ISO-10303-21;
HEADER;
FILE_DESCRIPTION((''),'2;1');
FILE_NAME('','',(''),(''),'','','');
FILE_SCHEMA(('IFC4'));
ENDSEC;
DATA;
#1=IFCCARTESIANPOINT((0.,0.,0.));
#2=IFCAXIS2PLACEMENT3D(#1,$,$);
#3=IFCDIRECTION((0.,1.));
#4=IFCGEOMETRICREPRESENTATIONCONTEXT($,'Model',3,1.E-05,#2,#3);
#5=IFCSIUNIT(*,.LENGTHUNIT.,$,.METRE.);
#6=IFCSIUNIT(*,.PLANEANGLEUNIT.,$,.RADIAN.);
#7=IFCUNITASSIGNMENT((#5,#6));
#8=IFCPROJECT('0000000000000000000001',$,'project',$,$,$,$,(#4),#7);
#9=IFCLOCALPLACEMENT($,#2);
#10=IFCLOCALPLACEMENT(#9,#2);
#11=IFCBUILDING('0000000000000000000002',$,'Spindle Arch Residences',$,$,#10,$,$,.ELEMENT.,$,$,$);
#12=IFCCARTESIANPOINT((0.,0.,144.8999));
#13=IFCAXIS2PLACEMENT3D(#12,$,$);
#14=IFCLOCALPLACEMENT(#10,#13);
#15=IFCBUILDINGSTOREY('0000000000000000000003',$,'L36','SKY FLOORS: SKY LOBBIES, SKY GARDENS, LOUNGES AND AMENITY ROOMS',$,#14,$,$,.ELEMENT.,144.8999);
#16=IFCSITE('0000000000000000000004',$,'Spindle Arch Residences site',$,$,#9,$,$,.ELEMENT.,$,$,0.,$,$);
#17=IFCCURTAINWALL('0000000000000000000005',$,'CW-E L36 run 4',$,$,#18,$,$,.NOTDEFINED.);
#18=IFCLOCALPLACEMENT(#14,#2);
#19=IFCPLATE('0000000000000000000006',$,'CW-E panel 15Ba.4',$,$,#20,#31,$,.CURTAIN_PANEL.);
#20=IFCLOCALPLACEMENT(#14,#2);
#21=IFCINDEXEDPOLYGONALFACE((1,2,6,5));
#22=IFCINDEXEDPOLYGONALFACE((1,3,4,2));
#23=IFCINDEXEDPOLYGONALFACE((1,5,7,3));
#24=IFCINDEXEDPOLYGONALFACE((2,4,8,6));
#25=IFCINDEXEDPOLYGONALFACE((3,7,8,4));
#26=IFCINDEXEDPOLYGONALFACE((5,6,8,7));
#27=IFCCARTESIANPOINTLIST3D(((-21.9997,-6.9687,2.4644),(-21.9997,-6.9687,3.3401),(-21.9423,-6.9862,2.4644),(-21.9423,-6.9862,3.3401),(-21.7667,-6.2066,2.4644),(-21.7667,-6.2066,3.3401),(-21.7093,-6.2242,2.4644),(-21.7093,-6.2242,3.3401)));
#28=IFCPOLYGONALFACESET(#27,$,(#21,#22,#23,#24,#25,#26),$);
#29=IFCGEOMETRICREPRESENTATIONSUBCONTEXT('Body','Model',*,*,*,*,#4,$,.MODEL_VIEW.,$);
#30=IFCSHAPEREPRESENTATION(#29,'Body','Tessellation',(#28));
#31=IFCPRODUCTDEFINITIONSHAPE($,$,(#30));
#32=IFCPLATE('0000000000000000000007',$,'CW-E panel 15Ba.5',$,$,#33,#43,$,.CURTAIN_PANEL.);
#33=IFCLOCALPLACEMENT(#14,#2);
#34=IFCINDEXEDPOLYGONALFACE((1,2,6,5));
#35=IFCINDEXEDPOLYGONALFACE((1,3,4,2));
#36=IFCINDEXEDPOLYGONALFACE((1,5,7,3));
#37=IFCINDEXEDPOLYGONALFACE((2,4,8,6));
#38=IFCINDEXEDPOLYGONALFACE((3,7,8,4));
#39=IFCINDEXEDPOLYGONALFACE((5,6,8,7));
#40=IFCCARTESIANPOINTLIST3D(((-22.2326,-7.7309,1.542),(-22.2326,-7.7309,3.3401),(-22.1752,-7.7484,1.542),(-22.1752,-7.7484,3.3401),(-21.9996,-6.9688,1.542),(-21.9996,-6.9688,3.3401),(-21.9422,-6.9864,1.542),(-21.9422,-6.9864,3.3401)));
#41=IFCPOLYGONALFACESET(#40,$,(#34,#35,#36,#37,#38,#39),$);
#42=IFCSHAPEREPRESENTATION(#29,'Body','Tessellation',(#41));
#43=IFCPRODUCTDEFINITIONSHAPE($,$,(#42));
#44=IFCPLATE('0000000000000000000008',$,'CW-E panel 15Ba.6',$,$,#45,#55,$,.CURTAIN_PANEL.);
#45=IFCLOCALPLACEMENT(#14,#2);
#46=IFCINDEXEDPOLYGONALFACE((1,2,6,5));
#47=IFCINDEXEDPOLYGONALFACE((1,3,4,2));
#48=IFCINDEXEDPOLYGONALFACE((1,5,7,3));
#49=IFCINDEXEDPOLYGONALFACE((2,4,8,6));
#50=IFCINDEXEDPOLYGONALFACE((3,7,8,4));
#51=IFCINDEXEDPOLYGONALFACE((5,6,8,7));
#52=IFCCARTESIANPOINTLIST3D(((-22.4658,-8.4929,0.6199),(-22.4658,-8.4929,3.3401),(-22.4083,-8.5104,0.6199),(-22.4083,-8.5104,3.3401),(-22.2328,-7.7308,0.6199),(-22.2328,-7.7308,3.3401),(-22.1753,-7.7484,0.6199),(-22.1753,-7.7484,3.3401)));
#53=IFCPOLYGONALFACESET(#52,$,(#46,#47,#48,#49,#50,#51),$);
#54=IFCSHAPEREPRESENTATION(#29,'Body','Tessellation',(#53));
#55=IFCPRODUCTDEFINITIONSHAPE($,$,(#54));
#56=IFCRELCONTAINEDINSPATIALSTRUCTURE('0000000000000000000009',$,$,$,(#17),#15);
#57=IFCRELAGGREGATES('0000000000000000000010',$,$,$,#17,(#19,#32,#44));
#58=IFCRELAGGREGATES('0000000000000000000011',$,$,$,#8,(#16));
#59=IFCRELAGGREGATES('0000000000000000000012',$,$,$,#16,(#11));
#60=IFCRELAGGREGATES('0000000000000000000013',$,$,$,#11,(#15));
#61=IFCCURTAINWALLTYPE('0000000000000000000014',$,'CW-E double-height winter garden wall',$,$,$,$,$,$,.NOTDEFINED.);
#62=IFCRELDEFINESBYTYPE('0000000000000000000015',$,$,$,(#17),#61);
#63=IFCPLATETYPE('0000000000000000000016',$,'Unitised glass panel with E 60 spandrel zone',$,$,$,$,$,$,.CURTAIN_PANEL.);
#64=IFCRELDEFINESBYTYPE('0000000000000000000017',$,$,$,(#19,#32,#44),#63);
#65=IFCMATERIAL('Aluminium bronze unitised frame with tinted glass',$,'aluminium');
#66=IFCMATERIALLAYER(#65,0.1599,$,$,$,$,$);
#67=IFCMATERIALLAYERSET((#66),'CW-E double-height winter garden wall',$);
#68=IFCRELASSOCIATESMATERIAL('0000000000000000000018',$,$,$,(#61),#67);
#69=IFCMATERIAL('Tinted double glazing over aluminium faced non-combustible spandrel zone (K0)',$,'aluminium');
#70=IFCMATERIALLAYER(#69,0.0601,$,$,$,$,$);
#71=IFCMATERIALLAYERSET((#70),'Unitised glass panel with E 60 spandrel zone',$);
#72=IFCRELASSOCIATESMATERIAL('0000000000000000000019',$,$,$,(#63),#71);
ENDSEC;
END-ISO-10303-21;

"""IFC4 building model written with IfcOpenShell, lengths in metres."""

from ifc_helpers import new_model, si_unit, direction, frame, origin, origin_2d, place, context, subcontext, project, spatial, rectangle, extrude, material, layer, layer_set, type_object, element, aggregate, save


model = new_model("IFC4")

# Units and contexts
model_context = context("Model", 3, precision=1e-05, world=origin(), true_north=direction((0.0, 1.0)))
body_context = subcontext(model_context, "Body", "Model", "MODEL_VIEW")
ifc_project = project(units=[si_unit("LENGTHUNIT", "METRE"), si_unit("PLANEANGLEUNIT", "RADIAN")], contexts=[model_context])

# Site, building, storey
site_placement = place(None, origin())
site = spatial("IfcSite", under=ifc_project, at=site_placement, Name="Spindle Arch Residences site", CompositionType="ELEMENT", RefElevation=0.0)
building_placement = place(site_placement, origin())
building = spatial("IfcBuilding", under=site, at=building_placement, Name="Spindle Arch Residences", CompositionType="ELEMENT")
storey_placement = place(building_placement, frame((0.0, 0.0, 144.8999)))
storey = spatial("IfcBuildingStorey", under=building, at=storey_placement, Name="L36", Description="SKY FLOORS: SKY LOBBIES, SKY GARDENS, LOUNGES AND AMENITY ROOMS", CompositionType="ELEMENT", Elevation=144.8999)

# Shared definitions
ifc_material_1 = material(Name="Aluminium bronze unitised frame with tinted glass", Category="aluminium")
ifc_layer_1 = layer(ifc_material_1, 0.1599)
ifc_layer_set_1 = layer_set([ifc_layer_1], Name="CW-E double-height winter garden wall")
curtain_wall_type = type_object("IfcCurtainWallType", Name="CW-E double-height winter garden wall", PredefinedType="NOTDEFINED", material=ifc_layer_set_1)

# Curtain wall, plates
curtain_wall_1_placement = place(storey_placement, origin())
curtain_wall_1 = element("IfcCurtainWall", 1, at=curtain_wall_1_placement, inside=storey, type_object=curtain_wall_type, Name="CW-E L36 run 4", PredefinedType="NOTDEFINED")
ifc_material_2 = material(Name="Tinted double glazing over aluminium faced non-combustible spandrel zone (K0)", Category="aluminium")
ifc_layer_2 = layer(ifc_material_2, 0.0601)
ifc_layer_set_2 = layer_set([ifc_layer_2], Name="Unitised glass panel with E 60 spandrel zone")
plate_type_1 = type_object("IfcPlateType", Name="Unitised glass panel with E 60 spandrel zone", PredefinedType="CURTAIN_PANEL", material=ifc_layer_set_2)
plate_1_placement = place(storey_placement, frame((-21.8545, -6.5964, 2.4644), z_axis=(0.0, 0.0, 1.0), x_axis=(-0.292372, -0.956305, 0.0)))
plate_1 = element("IfcPlate", 2, at=plate_1_placement, type_object=plate_type_1, Name="CW-E panel 15Ba.4", PredefinedType="CURTAIN_PANEL", context=body_context, shape_type="SweptSolid", body=[
    extrude(rectangle(XDim=0.7969, YDim=0.0601, at=origin_2d()), origin(), (0.0, 0.0, 1.0), 0.8757),
])
plate_2_placement = place(storey_placement, frame((-22.0874, -7.3586, 1.542), z_axis=(0.0, 0.0, 1.0), x_axis=(-0.292372, -0.956305, 0.0)))
plate_2 = element("IfcPlate", 3, at=plate_2_placement, type_object=plate_type_1, Name="CW-E panel 15Ba.5", PredefinedType="CURTAIN_PANEL", context=body_context, shape_type="SweptSolid", body=[
    extrude(rectangle(XDim=0.7969, YDim=0.0601, at=origin_2d()), origin(), (0.0, 0.0, 1.0), 1.7981),
])
plate_3_placement = place(storey_placement, frame((-22.3206, -8.1206, 0.6199), z_axis=(0.0, 0.0, 1.0), x_axis=(-0.292372, -0.956305, 0.0)))
plate_3 = element("IfcPlate", 4, at=plate_3_placement, type_object=plate_type_1, Name="CW-E panel 15Ba.6", PredefinedType="CURTAIN_PANEL", context=body_context, shape_type="SweptSolid", body=[
    extrude(rectangle(XDim=0.7969, YDim=0.0601, at=origin_2d()), origin(), (0.0, 0.0, 1.0), 2.7202),
])
aggregate(curtain_wall_1, [plate_1, plate_2, plate_3])

save(model, "model.ifc")
